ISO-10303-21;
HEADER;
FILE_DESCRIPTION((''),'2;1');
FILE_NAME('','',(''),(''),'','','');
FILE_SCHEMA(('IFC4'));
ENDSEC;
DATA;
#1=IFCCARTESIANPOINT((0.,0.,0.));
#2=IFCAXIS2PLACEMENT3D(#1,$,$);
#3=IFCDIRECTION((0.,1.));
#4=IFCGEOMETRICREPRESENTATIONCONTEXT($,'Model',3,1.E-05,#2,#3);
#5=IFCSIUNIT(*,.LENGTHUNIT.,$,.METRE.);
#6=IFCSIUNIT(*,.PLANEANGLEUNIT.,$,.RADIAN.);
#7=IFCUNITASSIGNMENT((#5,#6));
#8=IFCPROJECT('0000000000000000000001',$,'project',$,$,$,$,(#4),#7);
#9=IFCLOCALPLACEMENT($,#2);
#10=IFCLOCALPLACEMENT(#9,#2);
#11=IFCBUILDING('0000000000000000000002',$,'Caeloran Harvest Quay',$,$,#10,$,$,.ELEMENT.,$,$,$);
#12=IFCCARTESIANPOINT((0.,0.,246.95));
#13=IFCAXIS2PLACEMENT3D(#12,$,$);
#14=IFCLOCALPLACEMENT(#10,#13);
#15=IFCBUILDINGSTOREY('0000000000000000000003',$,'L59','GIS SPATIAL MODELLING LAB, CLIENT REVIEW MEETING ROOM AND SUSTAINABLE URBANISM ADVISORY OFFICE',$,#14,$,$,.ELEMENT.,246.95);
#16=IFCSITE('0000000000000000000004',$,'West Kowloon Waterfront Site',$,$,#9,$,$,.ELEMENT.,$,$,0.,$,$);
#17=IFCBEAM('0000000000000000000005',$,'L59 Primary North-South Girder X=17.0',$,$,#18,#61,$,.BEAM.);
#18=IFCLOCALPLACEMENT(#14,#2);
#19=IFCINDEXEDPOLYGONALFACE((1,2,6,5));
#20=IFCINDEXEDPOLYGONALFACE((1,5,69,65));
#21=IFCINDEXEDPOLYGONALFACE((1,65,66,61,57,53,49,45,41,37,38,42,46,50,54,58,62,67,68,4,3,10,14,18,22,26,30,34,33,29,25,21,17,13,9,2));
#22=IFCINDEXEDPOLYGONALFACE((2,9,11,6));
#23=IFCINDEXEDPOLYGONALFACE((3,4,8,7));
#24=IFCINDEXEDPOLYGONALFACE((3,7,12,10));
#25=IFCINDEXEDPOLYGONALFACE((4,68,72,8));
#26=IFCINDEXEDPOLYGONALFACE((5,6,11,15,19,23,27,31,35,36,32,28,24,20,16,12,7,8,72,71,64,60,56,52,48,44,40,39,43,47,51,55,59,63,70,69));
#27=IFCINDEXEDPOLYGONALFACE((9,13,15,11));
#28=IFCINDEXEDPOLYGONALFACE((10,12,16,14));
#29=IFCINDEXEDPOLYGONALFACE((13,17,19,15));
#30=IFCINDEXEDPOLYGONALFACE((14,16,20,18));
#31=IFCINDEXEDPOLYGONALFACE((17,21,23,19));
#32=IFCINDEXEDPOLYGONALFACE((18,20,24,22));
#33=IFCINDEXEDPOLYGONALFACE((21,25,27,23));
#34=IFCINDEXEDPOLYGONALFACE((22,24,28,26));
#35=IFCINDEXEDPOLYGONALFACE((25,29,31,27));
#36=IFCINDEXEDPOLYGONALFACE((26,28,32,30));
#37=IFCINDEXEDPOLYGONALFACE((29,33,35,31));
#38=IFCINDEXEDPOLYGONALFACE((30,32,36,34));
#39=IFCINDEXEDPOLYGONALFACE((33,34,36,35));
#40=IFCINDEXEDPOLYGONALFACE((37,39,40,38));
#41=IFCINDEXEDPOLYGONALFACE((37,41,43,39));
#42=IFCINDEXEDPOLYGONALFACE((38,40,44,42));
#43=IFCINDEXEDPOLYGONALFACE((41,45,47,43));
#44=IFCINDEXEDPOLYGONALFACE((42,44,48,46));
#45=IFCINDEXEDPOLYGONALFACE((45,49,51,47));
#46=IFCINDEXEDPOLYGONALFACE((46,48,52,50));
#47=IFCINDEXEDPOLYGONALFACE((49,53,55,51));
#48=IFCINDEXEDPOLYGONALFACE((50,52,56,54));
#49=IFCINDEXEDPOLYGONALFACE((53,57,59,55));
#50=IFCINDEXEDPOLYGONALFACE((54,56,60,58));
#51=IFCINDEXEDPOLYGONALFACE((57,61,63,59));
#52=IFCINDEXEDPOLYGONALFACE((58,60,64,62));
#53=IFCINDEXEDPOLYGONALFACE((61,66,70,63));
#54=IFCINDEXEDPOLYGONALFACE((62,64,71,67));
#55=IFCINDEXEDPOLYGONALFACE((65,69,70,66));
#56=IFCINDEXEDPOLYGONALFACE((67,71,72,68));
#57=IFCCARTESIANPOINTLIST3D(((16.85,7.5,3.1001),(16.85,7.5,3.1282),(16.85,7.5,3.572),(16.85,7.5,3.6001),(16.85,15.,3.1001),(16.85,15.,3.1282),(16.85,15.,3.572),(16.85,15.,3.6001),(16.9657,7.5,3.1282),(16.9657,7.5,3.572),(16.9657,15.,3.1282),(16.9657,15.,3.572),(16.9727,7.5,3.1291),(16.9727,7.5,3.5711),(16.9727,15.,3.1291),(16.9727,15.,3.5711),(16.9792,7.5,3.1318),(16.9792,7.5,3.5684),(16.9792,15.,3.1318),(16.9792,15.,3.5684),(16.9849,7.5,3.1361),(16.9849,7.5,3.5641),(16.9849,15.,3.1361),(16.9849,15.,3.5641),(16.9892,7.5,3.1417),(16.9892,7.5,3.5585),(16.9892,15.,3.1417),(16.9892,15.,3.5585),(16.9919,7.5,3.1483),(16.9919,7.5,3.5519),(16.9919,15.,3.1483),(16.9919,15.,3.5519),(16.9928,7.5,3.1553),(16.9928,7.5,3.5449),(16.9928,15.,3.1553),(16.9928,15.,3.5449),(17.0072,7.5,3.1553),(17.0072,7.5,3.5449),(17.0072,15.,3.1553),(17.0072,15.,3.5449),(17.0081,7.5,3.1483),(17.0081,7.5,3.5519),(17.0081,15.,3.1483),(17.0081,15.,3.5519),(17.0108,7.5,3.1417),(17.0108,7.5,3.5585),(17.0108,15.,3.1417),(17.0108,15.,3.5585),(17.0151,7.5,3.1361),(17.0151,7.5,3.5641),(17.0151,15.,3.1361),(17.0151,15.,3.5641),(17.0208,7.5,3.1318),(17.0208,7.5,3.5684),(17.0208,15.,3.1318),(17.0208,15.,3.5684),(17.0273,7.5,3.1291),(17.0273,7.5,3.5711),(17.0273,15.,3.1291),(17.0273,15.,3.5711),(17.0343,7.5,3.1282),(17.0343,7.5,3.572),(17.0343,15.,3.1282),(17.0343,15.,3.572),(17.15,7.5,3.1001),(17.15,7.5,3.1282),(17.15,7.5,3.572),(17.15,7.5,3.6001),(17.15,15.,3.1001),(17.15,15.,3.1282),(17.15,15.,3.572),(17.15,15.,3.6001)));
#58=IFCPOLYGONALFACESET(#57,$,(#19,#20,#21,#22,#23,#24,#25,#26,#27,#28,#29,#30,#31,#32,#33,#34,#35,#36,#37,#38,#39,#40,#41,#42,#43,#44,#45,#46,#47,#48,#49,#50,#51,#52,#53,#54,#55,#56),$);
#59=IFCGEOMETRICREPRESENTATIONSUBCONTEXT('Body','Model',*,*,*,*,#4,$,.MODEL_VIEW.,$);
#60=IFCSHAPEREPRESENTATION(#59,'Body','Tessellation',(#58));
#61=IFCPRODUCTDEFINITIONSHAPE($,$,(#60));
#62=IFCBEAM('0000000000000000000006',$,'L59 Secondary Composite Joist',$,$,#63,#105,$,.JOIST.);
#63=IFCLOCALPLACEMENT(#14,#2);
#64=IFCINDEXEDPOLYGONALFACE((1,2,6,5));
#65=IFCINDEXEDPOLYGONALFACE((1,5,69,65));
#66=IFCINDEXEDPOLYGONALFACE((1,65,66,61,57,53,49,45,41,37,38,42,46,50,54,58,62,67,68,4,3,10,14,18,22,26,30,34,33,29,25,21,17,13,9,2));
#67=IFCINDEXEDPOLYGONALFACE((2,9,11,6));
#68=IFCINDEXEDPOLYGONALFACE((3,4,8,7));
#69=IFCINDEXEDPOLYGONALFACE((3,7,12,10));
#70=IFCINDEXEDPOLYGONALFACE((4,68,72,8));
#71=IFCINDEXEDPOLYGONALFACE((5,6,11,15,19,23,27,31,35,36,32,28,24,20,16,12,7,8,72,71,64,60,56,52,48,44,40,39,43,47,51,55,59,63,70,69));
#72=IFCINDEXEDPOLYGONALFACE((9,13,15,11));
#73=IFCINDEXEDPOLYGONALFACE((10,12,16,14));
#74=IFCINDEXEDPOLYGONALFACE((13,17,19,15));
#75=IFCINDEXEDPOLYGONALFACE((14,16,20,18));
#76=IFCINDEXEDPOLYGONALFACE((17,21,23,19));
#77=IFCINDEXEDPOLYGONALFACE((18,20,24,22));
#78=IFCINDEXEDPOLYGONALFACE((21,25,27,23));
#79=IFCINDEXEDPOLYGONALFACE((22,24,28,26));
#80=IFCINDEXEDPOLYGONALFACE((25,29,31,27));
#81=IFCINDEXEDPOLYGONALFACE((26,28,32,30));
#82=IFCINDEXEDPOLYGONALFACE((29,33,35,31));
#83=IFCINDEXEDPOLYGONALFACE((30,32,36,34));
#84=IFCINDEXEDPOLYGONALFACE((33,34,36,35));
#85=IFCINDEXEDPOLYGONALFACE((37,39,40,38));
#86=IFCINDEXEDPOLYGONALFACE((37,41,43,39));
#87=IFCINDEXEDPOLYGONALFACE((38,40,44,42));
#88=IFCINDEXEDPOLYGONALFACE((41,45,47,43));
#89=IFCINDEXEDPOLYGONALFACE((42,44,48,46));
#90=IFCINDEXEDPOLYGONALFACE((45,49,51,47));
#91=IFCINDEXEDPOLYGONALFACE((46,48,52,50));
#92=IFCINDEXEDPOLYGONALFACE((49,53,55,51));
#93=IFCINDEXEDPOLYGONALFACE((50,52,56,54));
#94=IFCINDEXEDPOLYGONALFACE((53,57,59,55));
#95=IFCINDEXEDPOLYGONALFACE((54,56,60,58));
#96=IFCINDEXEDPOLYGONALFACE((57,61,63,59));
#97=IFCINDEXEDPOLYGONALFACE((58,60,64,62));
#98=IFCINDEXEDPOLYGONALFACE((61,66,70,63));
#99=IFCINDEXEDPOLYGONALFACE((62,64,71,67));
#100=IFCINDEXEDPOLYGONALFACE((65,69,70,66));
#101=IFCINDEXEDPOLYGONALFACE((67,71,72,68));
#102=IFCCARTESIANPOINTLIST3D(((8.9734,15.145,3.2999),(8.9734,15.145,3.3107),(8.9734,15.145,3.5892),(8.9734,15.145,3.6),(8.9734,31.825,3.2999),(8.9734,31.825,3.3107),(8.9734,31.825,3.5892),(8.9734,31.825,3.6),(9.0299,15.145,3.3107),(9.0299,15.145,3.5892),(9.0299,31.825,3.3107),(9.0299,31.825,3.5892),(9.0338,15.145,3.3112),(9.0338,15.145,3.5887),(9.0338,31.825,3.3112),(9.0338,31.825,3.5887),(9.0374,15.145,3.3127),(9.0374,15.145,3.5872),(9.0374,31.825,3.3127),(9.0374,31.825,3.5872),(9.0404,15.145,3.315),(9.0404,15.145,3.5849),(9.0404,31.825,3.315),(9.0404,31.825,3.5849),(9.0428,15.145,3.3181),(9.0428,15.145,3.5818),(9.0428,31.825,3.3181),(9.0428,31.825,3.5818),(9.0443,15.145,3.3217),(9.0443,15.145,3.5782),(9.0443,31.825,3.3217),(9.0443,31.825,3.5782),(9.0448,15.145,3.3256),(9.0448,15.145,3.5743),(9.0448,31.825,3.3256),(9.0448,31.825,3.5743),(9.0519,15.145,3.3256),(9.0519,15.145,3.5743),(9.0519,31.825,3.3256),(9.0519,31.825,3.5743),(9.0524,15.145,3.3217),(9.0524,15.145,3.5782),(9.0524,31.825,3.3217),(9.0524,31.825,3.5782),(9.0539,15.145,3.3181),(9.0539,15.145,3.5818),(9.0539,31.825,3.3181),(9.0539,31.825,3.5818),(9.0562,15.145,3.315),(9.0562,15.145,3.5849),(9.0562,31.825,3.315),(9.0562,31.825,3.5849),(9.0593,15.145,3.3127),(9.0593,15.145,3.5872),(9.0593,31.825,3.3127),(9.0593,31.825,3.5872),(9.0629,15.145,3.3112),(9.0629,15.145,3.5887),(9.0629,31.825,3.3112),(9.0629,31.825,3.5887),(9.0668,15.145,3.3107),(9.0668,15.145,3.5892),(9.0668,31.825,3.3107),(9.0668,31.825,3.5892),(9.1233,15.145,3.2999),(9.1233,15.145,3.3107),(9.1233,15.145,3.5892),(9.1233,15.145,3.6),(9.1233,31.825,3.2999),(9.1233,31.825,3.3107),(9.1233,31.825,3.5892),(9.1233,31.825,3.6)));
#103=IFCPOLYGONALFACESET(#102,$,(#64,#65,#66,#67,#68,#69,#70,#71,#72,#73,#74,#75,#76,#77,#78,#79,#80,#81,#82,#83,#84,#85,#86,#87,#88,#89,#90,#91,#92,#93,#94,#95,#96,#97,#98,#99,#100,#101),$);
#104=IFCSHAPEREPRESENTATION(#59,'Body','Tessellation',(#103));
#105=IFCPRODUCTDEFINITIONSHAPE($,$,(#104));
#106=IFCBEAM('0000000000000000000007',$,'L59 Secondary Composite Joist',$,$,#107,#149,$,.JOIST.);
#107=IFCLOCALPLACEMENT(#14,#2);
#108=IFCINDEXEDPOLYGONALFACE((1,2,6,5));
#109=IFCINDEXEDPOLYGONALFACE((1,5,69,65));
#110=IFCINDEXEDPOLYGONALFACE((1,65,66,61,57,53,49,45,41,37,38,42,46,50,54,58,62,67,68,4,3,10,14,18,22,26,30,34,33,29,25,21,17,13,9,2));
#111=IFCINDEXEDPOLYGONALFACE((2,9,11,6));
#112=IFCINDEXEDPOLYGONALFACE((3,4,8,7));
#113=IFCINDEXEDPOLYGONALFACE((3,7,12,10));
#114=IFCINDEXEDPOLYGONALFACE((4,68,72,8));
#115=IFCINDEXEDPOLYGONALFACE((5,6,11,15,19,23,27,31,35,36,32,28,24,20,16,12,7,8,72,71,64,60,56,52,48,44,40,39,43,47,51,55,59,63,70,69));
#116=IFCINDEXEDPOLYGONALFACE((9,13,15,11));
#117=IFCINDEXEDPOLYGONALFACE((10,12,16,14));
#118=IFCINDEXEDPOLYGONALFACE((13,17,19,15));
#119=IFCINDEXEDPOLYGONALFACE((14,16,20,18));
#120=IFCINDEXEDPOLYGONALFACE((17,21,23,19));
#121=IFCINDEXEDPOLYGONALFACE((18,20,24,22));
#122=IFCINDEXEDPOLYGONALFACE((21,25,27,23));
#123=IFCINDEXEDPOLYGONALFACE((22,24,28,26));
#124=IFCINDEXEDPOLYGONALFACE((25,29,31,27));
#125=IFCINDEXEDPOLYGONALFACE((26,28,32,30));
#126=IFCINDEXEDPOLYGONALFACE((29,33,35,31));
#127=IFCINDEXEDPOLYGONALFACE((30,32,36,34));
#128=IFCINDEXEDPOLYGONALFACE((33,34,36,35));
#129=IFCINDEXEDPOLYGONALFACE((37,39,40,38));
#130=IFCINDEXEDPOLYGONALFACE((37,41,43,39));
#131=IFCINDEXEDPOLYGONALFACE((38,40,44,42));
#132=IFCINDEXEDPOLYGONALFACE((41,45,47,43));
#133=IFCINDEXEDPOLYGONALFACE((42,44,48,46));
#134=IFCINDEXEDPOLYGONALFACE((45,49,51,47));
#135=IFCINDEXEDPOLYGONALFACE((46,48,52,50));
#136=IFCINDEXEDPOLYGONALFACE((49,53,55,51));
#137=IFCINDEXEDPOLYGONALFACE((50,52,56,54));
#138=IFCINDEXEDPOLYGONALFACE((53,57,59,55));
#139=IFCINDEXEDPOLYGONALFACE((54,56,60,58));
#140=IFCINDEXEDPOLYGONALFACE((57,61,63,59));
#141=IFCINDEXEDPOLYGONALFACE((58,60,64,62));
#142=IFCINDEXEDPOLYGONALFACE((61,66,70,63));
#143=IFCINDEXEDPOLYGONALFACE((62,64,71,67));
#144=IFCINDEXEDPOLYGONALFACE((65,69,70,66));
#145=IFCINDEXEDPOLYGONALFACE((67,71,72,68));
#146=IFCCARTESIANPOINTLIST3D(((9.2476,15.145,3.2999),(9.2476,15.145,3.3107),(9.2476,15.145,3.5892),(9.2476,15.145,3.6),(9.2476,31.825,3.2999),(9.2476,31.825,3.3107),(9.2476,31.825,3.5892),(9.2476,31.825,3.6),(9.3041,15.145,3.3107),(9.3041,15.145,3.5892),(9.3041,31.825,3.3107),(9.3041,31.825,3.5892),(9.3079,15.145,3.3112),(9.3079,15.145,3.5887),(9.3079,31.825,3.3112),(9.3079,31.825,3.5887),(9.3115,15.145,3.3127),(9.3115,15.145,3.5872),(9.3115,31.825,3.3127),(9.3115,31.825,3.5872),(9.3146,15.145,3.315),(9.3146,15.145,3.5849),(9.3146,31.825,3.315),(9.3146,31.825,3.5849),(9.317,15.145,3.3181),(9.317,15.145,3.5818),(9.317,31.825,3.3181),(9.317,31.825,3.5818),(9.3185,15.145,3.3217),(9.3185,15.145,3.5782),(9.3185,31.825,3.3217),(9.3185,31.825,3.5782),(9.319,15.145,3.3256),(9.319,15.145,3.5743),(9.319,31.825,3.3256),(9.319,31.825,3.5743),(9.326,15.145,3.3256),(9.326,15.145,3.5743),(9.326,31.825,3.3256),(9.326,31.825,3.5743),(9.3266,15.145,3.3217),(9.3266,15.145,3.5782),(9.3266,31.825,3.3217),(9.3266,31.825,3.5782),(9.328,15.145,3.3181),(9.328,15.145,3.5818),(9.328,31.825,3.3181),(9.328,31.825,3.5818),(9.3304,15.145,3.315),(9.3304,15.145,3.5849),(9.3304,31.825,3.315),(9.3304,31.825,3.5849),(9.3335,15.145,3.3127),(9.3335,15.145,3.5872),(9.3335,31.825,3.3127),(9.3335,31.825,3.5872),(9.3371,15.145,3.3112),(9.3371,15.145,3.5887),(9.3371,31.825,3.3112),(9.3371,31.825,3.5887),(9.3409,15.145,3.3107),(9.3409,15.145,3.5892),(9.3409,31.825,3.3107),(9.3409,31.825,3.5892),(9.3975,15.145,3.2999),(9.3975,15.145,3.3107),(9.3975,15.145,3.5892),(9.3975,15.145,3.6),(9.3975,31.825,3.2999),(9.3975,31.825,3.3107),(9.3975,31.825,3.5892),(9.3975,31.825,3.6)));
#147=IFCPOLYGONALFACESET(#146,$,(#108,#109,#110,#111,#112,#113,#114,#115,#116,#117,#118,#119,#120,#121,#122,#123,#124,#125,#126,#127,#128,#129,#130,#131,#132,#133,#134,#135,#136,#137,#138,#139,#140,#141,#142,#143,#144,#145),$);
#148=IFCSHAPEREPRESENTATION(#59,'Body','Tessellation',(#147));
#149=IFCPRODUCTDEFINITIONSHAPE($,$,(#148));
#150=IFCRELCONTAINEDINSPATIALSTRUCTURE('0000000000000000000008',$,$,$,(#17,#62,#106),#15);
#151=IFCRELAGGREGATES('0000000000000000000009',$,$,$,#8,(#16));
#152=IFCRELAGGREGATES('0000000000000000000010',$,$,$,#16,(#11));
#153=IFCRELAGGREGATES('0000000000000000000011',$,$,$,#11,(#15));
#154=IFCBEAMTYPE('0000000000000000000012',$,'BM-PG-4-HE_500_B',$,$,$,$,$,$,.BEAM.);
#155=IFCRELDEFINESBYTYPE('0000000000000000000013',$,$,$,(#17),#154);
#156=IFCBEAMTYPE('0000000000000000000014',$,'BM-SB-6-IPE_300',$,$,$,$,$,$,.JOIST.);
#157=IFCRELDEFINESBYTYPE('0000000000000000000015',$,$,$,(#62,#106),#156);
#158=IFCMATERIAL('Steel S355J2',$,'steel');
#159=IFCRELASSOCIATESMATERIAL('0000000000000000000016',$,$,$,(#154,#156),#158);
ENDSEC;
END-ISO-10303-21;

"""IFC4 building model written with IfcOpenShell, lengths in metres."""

from ifc_helpers import new_model, si_unit, direction, frame, origin, origin_2d, place, context, subcontext, project, spatial, i_section, extrude, material, material_profile, profile_set, type_object, element, save


model = new_model("IFC4")

# Units and contexts
model_context = context("Model", 3, precision=1e-05, world=origin(), true_north=direction((0.0, 1.0)))
body_context = subcontext(model_context, "Body", "Model", "MODEL_VIEW")
ifc_project = project(units=[si_unit("LENGTHUNIT", "METRE"), si_unit("PLANEANGLEUNIT", "RADIAN")], contexts=[model_context])

# Site, building, storey
site_placement = place(None, origin())
site = spatial("IfcSite", under=ifc_project, at=site_placement, Name="West Kowloon Waterfront Site", CompositionType="ELEMENT", RefElevation=0.0)
building_placement = place(site_placement, origin())
building = spatial("IfcBuilding", under=site, at=building_placement, Name="Caeloran Harvest Quay", CompositionType="ELEMENT")
storey_placement = place(building_placement, frame((0.0, 0.0, 246.95)))
storey = spatial("IfcBuildingStorey", under=building, at=storey_placement, Name="L59", Description="GIS SPATIAL MODELLING LAB, CLIENT REVIEW MEETING ROOM AND SUSTAINABLE URBANISM ADVISORY OFFICE", CompositionType="ELEMENT", Elevation=246.95)

# Beams
ifc_material_1 = material(Name="Steel S355J2", Category="steel")
ifc_material_profile_1 = material_profile(ifc_material_1, i_section(OverallWidth=0.3, OverallDepth=0.5, WebThickness=0.0144, FlangeThickness=0.0281, FilletRadius=0.0271, at=origin_2d()), Name="HE 500 B")
ifc_profile_set_1 = profile_set([ifc_material_profile_1], Name="Steel S355J2")
beam_type_1 = type_object("IfcBeamType", Name="BM-PG-4-HE_500_B", PredefinedType="BEAM", material=ifc_profile_set_1)
beam_1_placement = place(storey_placement, frame((17.0, 7.5, 3.3501), z_axis=(0.0, 1.0, 0.0), x_axis=(-1.0, 0.0, 0.0)))
element("IfcBeam", 1, at=beam_1_placement, inside=storey, type_object=beam_type_1, Name="L59 Primary North-South Girder X=17.0", PredefinedType="BEAM", context=body_context, shape_type="SweptSolid", body=[
    extrude(i_section(OverallWidth=0.3, OverallDepth=0.5, WebThickness=0.0144, FlangeThickness=0.0281, FilletRadius=0.0271, at=origin_2d()), origin(), (0.0, 0.0, 1.0), 7.5),
])
ifc_material_profile_2 = material_profile(ifc_material_1, i_section(OverallWidth=0.1499, OverallDepth=0.3, WebThickness=0.0071, FlangeThickness=0.0107, FilletRadius=0.0149, at=origin_2d()), Name="IPE 300")
ifc_profile_set_2 = profile_set([ifc_material_profile_2], Name="Steel S355J2")
beam_type_2 = type_object("IfcBeamType", Name="BM-SB-6-IPE_300", PredefinedType="JOIST", material=ifc_profile_set_2)
for number, where, z_axis, x_axis, name in (
    (2, (9.0483, 15.145, 3.45), (0.0, 1.0, 0.0), (-1.0, 0.0, 0.0), "L59 Secondary Composite Joist"),
    (3, (9.3225, 15.145, 3.45), (0.0, 1.0, 0.0), (-1.0, 0.0, 0.0), "L59 Secondary Composite Joist"),
):
    element("IfcBeam", number, at=place(storey_placement, frame(where, z_axis=z_axis, x_axis=x_axis)), inside=storey, type_object=beam_type_2, Name=name, PredefinedType="JOIST", context=body_context, shape_type="SweptSolid", body=[
        extrude(i_section(OverallWidth=0.1499, OverallDepth=0.3, WebThickness=0.0071, FlangeThickness=0.0107, FilletRadius=0.0149, at=origin_2d()), origin(), (0.0, 0.0, 1.0), 16.6799),
    ])

save(model, "model.ifc")
